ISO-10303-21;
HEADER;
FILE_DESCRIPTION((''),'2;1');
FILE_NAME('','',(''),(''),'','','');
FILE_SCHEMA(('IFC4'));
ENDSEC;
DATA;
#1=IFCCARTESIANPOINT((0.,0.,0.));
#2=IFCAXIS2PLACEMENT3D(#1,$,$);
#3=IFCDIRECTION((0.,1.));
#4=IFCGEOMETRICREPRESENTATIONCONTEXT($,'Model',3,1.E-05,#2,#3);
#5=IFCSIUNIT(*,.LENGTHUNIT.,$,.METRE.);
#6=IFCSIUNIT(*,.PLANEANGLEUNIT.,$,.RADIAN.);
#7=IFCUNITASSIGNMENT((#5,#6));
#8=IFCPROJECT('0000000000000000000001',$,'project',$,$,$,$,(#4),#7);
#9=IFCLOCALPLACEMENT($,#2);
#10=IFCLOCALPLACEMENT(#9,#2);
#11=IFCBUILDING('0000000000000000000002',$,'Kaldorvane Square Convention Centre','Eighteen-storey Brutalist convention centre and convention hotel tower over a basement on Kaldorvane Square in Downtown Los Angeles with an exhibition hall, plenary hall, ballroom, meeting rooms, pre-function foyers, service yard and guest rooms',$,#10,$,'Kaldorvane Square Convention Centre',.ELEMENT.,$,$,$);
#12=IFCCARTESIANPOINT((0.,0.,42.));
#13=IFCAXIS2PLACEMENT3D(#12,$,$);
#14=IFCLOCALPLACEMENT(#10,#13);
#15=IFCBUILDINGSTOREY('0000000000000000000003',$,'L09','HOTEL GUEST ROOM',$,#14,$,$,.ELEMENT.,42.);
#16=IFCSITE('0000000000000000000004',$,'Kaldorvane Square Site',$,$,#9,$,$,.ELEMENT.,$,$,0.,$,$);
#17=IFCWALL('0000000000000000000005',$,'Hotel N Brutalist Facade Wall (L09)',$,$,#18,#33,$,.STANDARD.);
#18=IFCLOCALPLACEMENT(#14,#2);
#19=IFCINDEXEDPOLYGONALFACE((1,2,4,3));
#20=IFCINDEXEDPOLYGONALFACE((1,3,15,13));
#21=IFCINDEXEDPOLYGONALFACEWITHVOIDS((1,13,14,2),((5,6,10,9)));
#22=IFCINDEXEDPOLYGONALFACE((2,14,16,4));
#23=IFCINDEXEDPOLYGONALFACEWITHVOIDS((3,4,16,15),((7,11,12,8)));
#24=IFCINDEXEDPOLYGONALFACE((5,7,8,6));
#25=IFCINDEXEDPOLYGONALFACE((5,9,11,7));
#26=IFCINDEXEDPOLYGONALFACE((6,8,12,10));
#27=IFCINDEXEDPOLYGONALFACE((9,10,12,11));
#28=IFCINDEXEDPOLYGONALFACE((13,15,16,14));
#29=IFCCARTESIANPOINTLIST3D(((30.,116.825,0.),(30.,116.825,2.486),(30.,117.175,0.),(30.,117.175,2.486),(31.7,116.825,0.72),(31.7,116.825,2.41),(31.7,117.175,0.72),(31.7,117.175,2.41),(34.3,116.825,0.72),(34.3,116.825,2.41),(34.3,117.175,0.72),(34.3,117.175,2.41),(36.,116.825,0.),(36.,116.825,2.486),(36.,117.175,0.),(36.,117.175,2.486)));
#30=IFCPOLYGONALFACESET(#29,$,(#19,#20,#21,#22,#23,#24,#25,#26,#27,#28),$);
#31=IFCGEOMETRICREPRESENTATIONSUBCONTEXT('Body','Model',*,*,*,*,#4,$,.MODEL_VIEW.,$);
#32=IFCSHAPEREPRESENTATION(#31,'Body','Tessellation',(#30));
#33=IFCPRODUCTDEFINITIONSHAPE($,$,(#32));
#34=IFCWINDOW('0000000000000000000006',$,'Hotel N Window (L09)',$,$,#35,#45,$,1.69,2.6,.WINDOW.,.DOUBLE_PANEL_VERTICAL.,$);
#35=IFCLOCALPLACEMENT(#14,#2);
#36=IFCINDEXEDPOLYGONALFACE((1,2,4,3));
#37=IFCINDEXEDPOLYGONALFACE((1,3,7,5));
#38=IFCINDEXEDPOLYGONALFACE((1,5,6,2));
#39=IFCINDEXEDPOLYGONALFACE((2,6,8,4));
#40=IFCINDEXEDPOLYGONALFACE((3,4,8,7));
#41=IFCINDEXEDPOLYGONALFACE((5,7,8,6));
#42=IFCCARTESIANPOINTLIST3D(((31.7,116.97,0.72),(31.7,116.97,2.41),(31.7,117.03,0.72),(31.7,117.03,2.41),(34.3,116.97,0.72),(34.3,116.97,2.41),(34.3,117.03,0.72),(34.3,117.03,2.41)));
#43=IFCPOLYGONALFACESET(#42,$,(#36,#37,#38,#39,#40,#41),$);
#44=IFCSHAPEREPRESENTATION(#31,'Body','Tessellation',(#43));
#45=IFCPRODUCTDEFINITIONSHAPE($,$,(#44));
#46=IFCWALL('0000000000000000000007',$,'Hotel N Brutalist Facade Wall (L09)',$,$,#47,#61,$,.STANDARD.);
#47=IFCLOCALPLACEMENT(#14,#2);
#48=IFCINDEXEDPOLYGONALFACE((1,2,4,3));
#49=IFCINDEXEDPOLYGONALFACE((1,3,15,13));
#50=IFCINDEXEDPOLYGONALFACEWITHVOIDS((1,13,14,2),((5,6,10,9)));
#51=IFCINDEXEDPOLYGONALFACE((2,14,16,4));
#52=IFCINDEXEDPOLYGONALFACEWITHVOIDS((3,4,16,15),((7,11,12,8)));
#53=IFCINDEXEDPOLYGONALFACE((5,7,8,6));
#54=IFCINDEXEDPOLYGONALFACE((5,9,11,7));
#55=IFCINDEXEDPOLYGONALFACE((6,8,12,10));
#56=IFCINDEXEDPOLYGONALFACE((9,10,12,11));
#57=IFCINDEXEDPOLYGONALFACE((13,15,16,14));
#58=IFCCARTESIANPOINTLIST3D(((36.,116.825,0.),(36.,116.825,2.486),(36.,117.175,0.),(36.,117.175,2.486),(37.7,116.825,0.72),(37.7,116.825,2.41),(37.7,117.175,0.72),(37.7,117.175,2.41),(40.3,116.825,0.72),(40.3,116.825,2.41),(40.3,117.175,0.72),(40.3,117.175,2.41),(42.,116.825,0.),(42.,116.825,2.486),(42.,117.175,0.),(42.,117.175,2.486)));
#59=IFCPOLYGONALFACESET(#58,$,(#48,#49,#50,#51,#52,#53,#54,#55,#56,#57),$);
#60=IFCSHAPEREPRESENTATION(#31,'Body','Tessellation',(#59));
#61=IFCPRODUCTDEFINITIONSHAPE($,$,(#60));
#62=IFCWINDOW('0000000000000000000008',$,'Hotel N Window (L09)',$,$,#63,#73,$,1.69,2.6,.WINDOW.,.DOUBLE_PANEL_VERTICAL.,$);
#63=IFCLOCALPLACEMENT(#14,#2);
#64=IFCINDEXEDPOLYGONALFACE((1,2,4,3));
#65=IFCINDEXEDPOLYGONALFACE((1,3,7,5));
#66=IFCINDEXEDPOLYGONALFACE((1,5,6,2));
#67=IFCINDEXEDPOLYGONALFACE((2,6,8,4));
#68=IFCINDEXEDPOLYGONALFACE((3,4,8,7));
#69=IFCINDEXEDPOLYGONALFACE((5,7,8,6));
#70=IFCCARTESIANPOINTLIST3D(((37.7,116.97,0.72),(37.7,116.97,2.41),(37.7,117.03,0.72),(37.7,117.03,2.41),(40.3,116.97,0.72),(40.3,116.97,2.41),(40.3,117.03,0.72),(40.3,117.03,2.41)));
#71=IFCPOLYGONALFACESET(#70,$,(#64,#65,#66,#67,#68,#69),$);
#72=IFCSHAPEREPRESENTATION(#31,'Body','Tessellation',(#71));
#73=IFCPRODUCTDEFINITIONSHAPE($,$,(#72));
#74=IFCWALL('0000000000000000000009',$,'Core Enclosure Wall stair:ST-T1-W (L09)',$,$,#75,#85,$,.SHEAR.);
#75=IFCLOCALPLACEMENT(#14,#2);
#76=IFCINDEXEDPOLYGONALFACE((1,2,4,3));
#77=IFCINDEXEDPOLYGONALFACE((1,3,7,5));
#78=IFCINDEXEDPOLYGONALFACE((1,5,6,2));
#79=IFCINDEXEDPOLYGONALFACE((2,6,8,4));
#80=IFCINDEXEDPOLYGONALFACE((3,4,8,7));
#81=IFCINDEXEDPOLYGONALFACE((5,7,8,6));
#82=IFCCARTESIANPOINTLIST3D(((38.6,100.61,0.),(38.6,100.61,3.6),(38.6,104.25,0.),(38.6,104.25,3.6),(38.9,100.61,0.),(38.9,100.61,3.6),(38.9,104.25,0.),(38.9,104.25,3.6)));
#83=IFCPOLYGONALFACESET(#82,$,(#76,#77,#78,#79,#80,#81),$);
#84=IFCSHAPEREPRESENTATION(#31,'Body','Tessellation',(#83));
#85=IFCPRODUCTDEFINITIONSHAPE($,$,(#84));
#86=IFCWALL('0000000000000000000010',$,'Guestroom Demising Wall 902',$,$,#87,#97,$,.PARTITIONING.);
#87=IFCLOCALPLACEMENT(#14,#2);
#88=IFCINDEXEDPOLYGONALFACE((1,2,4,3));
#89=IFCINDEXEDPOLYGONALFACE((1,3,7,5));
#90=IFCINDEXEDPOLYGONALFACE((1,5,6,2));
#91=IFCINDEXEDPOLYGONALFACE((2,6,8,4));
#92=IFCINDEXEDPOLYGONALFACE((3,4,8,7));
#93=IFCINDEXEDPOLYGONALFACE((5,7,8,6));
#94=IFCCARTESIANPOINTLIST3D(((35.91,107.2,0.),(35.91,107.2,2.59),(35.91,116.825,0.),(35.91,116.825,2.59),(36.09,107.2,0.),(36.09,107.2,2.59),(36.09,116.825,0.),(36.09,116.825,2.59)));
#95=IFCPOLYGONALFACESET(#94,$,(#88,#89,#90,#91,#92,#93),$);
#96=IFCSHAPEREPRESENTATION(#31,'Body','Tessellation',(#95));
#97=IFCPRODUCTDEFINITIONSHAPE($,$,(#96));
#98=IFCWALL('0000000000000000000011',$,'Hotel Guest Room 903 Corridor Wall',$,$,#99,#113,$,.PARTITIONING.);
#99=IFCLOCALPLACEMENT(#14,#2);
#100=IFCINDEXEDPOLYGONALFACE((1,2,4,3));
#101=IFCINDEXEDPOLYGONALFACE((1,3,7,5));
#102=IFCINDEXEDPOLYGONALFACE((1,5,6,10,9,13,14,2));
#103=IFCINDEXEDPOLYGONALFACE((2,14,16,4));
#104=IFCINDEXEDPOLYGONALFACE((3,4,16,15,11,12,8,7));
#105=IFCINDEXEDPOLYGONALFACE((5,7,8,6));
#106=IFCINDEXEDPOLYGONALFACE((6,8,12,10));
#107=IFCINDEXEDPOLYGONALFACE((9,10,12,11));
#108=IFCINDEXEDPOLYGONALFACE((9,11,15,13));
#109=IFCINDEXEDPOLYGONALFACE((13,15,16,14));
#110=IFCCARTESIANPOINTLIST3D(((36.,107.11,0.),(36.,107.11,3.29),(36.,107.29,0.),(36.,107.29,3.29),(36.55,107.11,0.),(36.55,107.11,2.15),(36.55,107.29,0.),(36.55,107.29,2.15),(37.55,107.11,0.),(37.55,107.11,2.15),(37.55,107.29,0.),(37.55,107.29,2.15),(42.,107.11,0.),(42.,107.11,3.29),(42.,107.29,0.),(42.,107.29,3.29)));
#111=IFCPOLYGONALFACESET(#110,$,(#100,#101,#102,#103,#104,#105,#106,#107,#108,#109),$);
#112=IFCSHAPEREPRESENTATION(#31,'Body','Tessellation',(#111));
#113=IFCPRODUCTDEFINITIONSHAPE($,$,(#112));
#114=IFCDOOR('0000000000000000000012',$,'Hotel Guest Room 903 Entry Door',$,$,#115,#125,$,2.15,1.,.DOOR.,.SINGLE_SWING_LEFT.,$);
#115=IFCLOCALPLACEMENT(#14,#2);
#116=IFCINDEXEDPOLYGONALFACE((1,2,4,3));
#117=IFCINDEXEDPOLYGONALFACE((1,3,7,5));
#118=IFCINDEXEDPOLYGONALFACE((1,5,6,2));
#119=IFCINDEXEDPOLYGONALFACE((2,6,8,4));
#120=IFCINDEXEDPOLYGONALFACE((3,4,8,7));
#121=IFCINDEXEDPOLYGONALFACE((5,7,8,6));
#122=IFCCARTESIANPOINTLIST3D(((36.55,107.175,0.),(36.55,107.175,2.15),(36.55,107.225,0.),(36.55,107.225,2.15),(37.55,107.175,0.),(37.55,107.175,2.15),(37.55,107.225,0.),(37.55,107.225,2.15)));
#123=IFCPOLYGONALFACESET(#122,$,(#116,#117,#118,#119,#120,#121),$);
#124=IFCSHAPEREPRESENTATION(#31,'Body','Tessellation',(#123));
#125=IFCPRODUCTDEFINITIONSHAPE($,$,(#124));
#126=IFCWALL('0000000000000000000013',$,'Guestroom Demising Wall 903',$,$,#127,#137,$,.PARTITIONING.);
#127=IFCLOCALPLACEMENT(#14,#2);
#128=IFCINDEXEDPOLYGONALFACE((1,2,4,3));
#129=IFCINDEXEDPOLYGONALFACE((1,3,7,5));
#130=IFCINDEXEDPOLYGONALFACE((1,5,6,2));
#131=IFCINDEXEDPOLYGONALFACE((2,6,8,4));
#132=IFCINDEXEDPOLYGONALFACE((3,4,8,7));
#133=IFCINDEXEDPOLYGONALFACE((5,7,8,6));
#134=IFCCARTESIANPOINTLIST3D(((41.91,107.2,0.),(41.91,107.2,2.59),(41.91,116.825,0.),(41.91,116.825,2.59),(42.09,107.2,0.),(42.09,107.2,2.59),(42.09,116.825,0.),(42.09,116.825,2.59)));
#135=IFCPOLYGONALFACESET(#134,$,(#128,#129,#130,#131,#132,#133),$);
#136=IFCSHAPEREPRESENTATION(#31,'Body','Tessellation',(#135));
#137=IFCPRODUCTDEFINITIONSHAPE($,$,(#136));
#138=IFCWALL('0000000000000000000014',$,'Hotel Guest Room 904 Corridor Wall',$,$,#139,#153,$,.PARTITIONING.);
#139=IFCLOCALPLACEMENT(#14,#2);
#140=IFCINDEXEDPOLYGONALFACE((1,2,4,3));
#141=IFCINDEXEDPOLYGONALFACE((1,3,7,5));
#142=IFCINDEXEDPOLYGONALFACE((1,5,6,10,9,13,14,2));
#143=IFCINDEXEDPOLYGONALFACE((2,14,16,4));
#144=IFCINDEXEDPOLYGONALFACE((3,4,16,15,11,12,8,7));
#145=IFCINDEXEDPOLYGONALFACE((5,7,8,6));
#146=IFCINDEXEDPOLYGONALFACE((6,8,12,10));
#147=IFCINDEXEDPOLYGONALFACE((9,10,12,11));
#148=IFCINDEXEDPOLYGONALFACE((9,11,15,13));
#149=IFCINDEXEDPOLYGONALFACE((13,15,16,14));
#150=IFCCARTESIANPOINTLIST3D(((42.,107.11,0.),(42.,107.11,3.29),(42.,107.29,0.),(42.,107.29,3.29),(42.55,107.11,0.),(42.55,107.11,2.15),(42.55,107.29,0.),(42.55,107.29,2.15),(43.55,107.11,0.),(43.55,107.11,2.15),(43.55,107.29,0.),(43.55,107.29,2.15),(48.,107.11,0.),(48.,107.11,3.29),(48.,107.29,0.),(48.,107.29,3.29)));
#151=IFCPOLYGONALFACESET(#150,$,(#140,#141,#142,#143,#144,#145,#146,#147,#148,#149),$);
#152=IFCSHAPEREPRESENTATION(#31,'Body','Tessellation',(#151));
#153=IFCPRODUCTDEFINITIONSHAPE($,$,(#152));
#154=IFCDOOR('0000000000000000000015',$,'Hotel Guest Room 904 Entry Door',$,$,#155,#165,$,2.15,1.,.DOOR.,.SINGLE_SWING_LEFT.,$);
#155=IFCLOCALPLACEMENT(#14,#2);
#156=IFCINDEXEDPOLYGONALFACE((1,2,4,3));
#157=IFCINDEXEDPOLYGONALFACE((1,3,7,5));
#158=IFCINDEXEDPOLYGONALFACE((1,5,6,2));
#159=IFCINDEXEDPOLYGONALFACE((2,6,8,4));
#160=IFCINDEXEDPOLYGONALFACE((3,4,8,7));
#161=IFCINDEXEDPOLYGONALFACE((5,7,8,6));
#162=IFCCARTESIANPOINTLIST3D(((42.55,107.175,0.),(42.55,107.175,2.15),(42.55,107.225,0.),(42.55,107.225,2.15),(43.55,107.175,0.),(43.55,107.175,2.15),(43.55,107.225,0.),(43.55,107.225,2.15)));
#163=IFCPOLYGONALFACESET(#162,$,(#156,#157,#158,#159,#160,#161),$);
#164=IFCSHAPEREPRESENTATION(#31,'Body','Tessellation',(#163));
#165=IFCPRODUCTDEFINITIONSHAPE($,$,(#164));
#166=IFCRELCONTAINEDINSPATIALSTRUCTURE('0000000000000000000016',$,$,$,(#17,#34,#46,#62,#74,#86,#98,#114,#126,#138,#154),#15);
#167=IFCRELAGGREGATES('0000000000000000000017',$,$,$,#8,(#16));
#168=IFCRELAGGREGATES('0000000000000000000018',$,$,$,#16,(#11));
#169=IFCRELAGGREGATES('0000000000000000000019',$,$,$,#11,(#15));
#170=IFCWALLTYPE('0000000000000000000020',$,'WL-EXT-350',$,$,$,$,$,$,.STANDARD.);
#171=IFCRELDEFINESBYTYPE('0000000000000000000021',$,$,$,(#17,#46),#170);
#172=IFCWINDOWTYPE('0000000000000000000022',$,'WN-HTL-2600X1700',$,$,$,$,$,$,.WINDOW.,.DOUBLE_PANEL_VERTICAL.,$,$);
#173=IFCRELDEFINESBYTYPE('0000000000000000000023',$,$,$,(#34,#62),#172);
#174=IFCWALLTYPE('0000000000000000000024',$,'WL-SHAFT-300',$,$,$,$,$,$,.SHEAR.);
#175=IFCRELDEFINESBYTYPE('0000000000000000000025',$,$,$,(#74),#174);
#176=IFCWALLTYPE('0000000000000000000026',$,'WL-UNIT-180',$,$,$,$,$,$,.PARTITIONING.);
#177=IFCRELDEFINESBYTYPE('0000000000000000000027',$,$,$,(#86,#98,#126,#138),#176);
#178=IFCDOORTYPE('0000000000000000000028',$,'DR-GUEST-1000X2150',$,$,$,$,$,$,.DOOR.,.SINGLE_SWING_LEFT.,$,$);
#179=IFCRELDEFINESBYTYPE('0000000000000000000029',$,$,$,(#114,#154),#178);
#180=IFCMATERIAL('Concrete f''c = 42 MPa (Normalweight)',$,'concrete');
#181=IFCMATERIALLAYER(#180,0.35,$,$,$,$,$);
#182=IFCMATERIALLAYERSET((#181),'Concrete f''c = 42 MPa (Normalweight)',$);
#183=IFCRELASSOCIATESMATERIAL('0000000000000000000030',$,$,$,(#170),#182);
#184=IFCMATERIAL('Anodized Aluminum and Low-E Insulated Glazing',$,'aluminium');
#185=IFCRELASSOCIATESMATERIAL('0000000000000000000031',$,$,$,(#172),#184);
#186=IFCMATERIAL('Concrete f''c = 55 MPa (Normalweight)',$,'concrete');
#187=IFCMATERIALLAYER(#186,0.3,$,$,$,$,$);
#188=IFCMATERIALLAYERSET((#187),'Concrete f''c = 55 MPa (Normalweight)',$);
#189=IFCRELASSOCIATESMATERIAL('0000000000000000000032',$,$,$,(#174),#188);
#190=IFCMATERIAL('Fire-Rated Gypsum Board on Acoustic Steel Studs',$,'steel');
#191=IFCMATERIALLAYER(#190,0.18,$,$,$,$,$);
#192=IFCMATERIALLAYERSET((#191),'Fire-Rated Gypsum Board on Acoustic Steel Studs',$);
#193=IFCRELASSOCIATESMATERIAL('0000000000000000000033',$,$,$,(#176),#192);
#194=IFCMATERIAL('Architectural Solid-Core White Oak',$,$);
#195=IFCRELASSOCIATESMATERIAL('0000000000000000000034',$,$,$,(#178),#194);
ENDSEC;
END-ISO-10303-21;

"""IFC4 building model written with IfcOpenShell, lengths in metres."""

from ifc_helpers import new_model, si_unit, direction, frame, frame_2d, origin, place, context, subcontext, project, spatial, rectangle, extrude, material, layer, layer_set, type_object, element, fill, save


model = new_model("IFC4")

# Units and contexts
model_context = context("Model", 3, precision=1e-05, world=origin(), true_north=direction((0.0, 1.0)))
body_context = subcontext(model_context, "Body", "Model", "MODEL_VIEW")
ifc_project = project(units=[si_unit("LENGTHUNIT", "METRE"), si_unit("PLANEANGLEUNIT", "RADIAN")], contexts=[model_context])

# Site, building, storey
site_placement = place(None, origin())
site = spatial("IfcSite", under=ifc_project, at=site_placement, Name="Kaldorvane Square Site", CompositionType="ELEMENT", RefElevation=0.0)
building_placement = place(site_placement, origin())
building = spatial("IfcBuilding", under=site, at=building_placement, Name="Kaldorvane Square Convention Centre", Description="Eighteen-storey Brutalist convention centre and convention hotel tower over a basement on Kaldorvane Square in Downtown Los Angeles with an exhibition hall, plenary hall, ballroom, meeting rooms, pre-function foyers, service yard and guest rooms", LongName="Kaldorvane Square Convention Centre", CompositionType="ELEMENT")
storey_placement = place(building_placement, frame((0.0, 0.0, 42.0)))
storey = spatial("IfcBuildingStorey", under=building, at=storey_placement, Name="L09", Description="HOTEL GUEST ROOM", CompositionType="ELEMENT", Elevation=42.0)

# Shared definitions
ifc_material_1 = material(Name="Concrete f'c = 42 MPa (Normalweight)", Category="concrete")

# Shared definitions
ifc_material_2 = material(Name="Fire-Rated Gypsum Board on Acoustic Steel Studs", Category="steel")
ifc_material_3 = material(Name="Architectural Solid-Core White Oak")

# Walls, openings, windows
ifc_layer_1 = layer(ifc_material_1, 0.35)
ifc_layer_set_1 = layer_set([ifc_layer_1], Name="Concrete f'c = 42 MPa (Normalweight)")
wall_type_1 = type_object("IfcWallType", Name="WL-EXT-350", PredefinedType="STANDARD", material=ifc_layer_set_1)
wall_1_placement = place(storey_placement, frame((36.0, 117.0, 0.0), z_axis=(0.0, 0.0, 1.0), x_axis=(-1.0, 0.0, 0.0)))
wall_1 = element("IfcWall", 1, at=wall_1_placement, inside=storey, type_object=wall_type_1, Name="Hotel N Brutalist Facade Wall (L09)", PredefinedType="STANDARD", context=body_context, shape_type="SweptSolid", body=[
    extrude(rectangle(XDim=6.0, YDim=0.35, at=frame_2d((3.0, 0.0))), origin(), (0.0, 0.0, 1.0), 2.486),
])
opening_1_placement = place(wall_1_placement, frame((1.7, 0.0, 0.72)))
opening_1 = element("IfcOpeningElement", 2, at=opening_1_placement, cuts=wall_1, PredefinedType="OPENING", context=body_context, shape_type="SweptSolid", body=[
    extrude(rectangle(XDim=2.6, YDim=1.69, at=frame_2d((1.3, 0.845))), frame((0.0, 0.19, 0.0), z_axis=(0.0, -1.0, 0.0), x_axis=(1.0, 0.0, 0.0)), (0.0, 0.0, 1.0), 0.38),
])
ifc_material_4 = material(Name="Anodized Aluminum and Low-E Insulated Glazing", Category="aluminium")
window_type = type_object("IfcWindowType", Name="WN-HTL-2600X1700", PartitioningType="DOUBLE_PANEL_VERTICAL", PredefinedType="WINDOW", material=ifc_material_4)
window_1_placement = place(opening_1_placement, origin())
window_1 = element("IfcWindow", 3, at=window_1_placement, inside=storey, type_object=window_type, Name="Hotel N Window (L09)", OverallHeight=1.69, OverallWidth=2.6, PartitioningType="DOUBLE_PANEL_VERTICAL", PredefinedType="WINDOW", context=body_context, shape_type="SweptSolid", body=[
    extrude(rectangle(XDim=2.6, YDim=1.69, at=frame_2d((1.3, 0.845))), frame((0.0, 0.03, 0.0), z_axis=(0.0, -1.0, 0.0), x_axis=(1.0, 0.0, 0.0)), (0.0, 0.0, 1.0), 0.06),
])
fill(opening_1, window_1)
wall_2_placement = place(storey_placement, frame((42.0, 117.0, 0.0), z_axis=(0.0, 0.0, 1.0), x_axis=(-1.0, 0.0, 0.0)))
wall_2 = element("IfcWall", 4, at=wall_2_placement, inside=storey, type_object=wall_type_1, Name="Hotel N Brutalist Facade Wall (L09)", PredefinedType="STANDARD", context=body_context, shape_type="SweptSolid", body=[
    extrude(rectangle(XDim=6.0, YDim=0.35, at=frame_2d((3.0, 0.0))), origin(), (0.0, 0.0, 1.0), 2.486),
])
opening_2_placement = place(wall_2_placement, frame((1.7, 0.0, 0.72)))
opening_2 = element("IfcOpeningElement", 5, at=opening_2_placement, cuts=wall_2, PredefinedType="OPENING", context=body_context, shape_type="SweptSolid", body=[
    extrude(rectangle(XDim=2.6, YDim=1.69, at=frame_2d((1.3, 0.845))), frame((0.0, 0.19, 0.0), z_axis=(0.0, -1.0, 0.0), x_axis=(1.0, 0.0, 0.0)), (0.0, 0.0, 1.0), 0.38),
])
window_2_placement = place(opening_2_placement, origin())
window_2 = element("IfcWindow", 6, at=window_2_placement, inside=storey, type_object=window_type, Name="Hotel N Window (L09)", OverallHeight=1.69, OverallWidth=2.6, PartitioningType="DOUBLE_PANEL_VERTICAL", PredefinedType="WINDOW", context=body_context, shape_type="SweptSolid", body=[
    extrude(rectangle(XDim=2.6, YDim=1.69, at=frame_2d((1.3, 0.845))), frame((0.0, 0.03, 0.0), z_axis=(0.0, -1.0, 0.0), x_axis=(1.0, 0.0, 0.0)), (0.0, 0.0, 1.0), 0.06),
])
fill(opening_2, window_2)

# Walls
ifc_material_5 = material(Name="Concrete f'c = 55 MPa (Normalweight)", Category="concrete")
ifc_layer_2 = layer(ifc_material_5, 0.3)
ifc_layer_set_2 = layer_set([ifc_layer_2], Name="Concrete f'c = 55 MPa (Normalweight)")
wall_type_2 = type_object("IfcWallType", Name="WL-SHAFT-300", PredefinedType="SHEAR", material=ifc_layer_set_2)
wall_3_placement = place(storey_placement, frame((38.75, 104.25, 0.0), z_axis=(0.0, 0.0, 1.0), x_axis=(0.0, -1.0, 0.0)))
element("IfcWall", 7, at=wall_3_placement, inside=storey, type_object=wall_type_2, Name="Core Enclosure Wall stair:ST-T1-W (L09)", PredefinedType="SHEAR", context=body_context, shape_type="SweptSolid", body=[
    extrude(rectangle(XDim=3.64, YDim=0.3, at=frame_2d((1.82, 0.0))), origin(), (0.0, 0.0, 1.0), 3.6),
])
ifc_layer_3 = layer(ifc_material_2, 0.18)
ifc_layer_set_3 = layer_set([ifc_layer_3], Name="Fire-Rated Gypsum Board on Acoustic Steel Studs")
wall_type_3 = type_object("IfcWallType", Name="WL-UNIT-180", PredefinedType="PARTITIONING", material=ifc_layer_set_3)
wall_4_placement = place(storey_placement, frame((36.0, 107.2, 0.0), z_axis=(0.0, 0.0, 1.0), x_axis=(0.0, 1.0, 0.0)))
element("IfcWall", 8, at=wall_4_placement, inside=storey, type_object=wall_type_3, Name="Guestroom Demising Wall 902", PredefinedType="PARTITIONING", context=body_context, shape_type="SweptSolid", body=[
    extrude(rectangle(XDim=9.625, YDim=0.18, at=frame_2d((4.8125, 0.0))), origin(), (0.0, 0.0, 1.0), 2.59),
])

# Wall, opening, door
wall_5_placement = place(storey_placement, frame((36.0, 107.2, 0.0), z_axis=(0.0, 0.0, 1.0), x_axis=(1.0, 0.0, 0.0)))
wall_5 = element("IfcWall", 9, at=wall_5_placement, inside=storey, type_object=wall_type_3, Name="Hotel Guest Room 903 Corridor Wall", PredefinedType="PARTITIONING", context=body_context, shape_type="SweptSolid", body=[
    extrude(rectangle(XDim=6.0, YDim=0.18, at=frame_2d((3.0, 0.0))), origin(), (0.0, 0.0, 1.0), 3.29),
])
opening_3_placement = place(wall_5_placement, frame((0.55, 0.0, 0.0)))
opening_3 = element("IfcOpeningElement", 10, at=opening_3_placement, cuts=wall_5, PredefinedType="OPENING", context=body_context, shape_type="SweptSolid", body=[
    extrude(rectangle(XDim=1.0, YDim=2.15, at=frame_2d((0.5, 1.075))), frame((0.0, 0.105, 0.0), z_axis=(0.0, -1.0, 0.0), x_axis=(1.0, 0.0, 0.0)), (0.0, 0.0, 1.0), 0.21),
])
door_type_1 = type_object("IfcDoorType", Name="DR-GUEST-1000X2150", OperationType="SINGLE_SWING_LEFT", PredefinedType="DOOR", material=ifc_material_3)
door_1_placement = place(opening_3_placement, origin())
door_1 = element("IfcDoor", 11, at=door_1_placement, inside=storey, type_object=door_type_1, Name="Hotel Guest Room 903 Entry Door", OperationType="SINGLE_SWING_LEFT", OverallHeight=2.15, OverallWidth=1.0, PredefinedType="DOOR", context=body_context, shape_type="SweptSolid", body=[
    extrude(rectangle(XDim=1.0, YDim=2.15, at=frame_2d((0.5, 1.075))), frame((0.0, 0.025, 0.0), z_axis=(0.0, -1.0, 0.0), x_axis=(1.0, 0.0, 0.0)), (0.0, 0.0, 1.0), 0.05),
])
fill(opening_3, door_1)

# Wall
wall_6_placement = place(storey_placement, frame((42.0, 107.2, 0.0), z_axis=(0.0, 0.0, 1.0), x_axis=(0.0, 1.0, 0.0)))
element("IfcWall", 12, at=wall_6_placement, inside=storey, type_object=wall_type_3, Name="Guestroom Demising Wall 903", PredefinedType="PARTITIONING", context=body_context, shape_type="SweptSolid", body=[
    extrude(rectangle(XDim=9.625, YDim=0.18, at=frame_2d((4.8125, 0.0))), origin(), (0.0, 0.0, 1.0), 2.59),
])

# Wall, opening, door
wall_7_placement = place(storey_placement, frame((42.0, 107.2, 0.0), z_axis=(0.0, 0.0, 1.0), x_axis=(1.0, 0.0, 0.0)))
wall_7 = element("IfcWall", 13, at=wall_7_placement, inside=storey, type_object=wall_type_3, Name="Hotel Guest Room 904 Corridor Wall", PredefinedType="PARTITIONING", context=body_context, shape_type="SweptSolid", body=[
    extrude(rectangle(XDim=6.0, YDim=0.18, at=frame_2d((3.0, 0.0))), origin(), (0.0, 0.0, 1.0), 3.29),
])
opening_4_placement = place(wall_7_placement, frame((0.55, 0.0, 0.0)))
opening_4 = element("IfcOpeningElement", 14, at=opening_4_placement, cuts=wall_7, PredefinedType="OPENING", context=body_context, shape_type="SweptSolid", body=[
    extrude(rectangle(XDim=1.0, YDim=2.15, at=frame_2d((0.5, 1.075))), frame((0.0, 0.105, 0.0), z_axis=(0.0, -1.0, 0.0), x_axis=(1.0, 0.0, 0.0)), (0.0, 0.0, 1.0), 0.21),
])
door_2_placement = place(opening_4_placement, origin())
door_2 = element("IfcDoor", 15, at=door_2_placement, inside=storey, type_object=door_type_1, Name="Hotel Guest Room 904 Entry Door", OperationType="SINGLE_SWING_LEFT", OverallHeight=2.15, OverallWidth=1.0, PredefinedType="DOOR", context=body_context, shape_type="SweptSolid", body=[
    extrude(rectangle(XDim=1.0, YDim=2.15, at=frame_2d((0.5, 1.075))), frame((0.0, 0.025, 0.0), z_axis=(0.0, -1.0, 0.0), x_axis=(1.0, 0.0, 0.0)), (0.0, 0.0, 1.0), 0.05),
])
fill(opening_4, door_2)

save(model, "model.ifc")
